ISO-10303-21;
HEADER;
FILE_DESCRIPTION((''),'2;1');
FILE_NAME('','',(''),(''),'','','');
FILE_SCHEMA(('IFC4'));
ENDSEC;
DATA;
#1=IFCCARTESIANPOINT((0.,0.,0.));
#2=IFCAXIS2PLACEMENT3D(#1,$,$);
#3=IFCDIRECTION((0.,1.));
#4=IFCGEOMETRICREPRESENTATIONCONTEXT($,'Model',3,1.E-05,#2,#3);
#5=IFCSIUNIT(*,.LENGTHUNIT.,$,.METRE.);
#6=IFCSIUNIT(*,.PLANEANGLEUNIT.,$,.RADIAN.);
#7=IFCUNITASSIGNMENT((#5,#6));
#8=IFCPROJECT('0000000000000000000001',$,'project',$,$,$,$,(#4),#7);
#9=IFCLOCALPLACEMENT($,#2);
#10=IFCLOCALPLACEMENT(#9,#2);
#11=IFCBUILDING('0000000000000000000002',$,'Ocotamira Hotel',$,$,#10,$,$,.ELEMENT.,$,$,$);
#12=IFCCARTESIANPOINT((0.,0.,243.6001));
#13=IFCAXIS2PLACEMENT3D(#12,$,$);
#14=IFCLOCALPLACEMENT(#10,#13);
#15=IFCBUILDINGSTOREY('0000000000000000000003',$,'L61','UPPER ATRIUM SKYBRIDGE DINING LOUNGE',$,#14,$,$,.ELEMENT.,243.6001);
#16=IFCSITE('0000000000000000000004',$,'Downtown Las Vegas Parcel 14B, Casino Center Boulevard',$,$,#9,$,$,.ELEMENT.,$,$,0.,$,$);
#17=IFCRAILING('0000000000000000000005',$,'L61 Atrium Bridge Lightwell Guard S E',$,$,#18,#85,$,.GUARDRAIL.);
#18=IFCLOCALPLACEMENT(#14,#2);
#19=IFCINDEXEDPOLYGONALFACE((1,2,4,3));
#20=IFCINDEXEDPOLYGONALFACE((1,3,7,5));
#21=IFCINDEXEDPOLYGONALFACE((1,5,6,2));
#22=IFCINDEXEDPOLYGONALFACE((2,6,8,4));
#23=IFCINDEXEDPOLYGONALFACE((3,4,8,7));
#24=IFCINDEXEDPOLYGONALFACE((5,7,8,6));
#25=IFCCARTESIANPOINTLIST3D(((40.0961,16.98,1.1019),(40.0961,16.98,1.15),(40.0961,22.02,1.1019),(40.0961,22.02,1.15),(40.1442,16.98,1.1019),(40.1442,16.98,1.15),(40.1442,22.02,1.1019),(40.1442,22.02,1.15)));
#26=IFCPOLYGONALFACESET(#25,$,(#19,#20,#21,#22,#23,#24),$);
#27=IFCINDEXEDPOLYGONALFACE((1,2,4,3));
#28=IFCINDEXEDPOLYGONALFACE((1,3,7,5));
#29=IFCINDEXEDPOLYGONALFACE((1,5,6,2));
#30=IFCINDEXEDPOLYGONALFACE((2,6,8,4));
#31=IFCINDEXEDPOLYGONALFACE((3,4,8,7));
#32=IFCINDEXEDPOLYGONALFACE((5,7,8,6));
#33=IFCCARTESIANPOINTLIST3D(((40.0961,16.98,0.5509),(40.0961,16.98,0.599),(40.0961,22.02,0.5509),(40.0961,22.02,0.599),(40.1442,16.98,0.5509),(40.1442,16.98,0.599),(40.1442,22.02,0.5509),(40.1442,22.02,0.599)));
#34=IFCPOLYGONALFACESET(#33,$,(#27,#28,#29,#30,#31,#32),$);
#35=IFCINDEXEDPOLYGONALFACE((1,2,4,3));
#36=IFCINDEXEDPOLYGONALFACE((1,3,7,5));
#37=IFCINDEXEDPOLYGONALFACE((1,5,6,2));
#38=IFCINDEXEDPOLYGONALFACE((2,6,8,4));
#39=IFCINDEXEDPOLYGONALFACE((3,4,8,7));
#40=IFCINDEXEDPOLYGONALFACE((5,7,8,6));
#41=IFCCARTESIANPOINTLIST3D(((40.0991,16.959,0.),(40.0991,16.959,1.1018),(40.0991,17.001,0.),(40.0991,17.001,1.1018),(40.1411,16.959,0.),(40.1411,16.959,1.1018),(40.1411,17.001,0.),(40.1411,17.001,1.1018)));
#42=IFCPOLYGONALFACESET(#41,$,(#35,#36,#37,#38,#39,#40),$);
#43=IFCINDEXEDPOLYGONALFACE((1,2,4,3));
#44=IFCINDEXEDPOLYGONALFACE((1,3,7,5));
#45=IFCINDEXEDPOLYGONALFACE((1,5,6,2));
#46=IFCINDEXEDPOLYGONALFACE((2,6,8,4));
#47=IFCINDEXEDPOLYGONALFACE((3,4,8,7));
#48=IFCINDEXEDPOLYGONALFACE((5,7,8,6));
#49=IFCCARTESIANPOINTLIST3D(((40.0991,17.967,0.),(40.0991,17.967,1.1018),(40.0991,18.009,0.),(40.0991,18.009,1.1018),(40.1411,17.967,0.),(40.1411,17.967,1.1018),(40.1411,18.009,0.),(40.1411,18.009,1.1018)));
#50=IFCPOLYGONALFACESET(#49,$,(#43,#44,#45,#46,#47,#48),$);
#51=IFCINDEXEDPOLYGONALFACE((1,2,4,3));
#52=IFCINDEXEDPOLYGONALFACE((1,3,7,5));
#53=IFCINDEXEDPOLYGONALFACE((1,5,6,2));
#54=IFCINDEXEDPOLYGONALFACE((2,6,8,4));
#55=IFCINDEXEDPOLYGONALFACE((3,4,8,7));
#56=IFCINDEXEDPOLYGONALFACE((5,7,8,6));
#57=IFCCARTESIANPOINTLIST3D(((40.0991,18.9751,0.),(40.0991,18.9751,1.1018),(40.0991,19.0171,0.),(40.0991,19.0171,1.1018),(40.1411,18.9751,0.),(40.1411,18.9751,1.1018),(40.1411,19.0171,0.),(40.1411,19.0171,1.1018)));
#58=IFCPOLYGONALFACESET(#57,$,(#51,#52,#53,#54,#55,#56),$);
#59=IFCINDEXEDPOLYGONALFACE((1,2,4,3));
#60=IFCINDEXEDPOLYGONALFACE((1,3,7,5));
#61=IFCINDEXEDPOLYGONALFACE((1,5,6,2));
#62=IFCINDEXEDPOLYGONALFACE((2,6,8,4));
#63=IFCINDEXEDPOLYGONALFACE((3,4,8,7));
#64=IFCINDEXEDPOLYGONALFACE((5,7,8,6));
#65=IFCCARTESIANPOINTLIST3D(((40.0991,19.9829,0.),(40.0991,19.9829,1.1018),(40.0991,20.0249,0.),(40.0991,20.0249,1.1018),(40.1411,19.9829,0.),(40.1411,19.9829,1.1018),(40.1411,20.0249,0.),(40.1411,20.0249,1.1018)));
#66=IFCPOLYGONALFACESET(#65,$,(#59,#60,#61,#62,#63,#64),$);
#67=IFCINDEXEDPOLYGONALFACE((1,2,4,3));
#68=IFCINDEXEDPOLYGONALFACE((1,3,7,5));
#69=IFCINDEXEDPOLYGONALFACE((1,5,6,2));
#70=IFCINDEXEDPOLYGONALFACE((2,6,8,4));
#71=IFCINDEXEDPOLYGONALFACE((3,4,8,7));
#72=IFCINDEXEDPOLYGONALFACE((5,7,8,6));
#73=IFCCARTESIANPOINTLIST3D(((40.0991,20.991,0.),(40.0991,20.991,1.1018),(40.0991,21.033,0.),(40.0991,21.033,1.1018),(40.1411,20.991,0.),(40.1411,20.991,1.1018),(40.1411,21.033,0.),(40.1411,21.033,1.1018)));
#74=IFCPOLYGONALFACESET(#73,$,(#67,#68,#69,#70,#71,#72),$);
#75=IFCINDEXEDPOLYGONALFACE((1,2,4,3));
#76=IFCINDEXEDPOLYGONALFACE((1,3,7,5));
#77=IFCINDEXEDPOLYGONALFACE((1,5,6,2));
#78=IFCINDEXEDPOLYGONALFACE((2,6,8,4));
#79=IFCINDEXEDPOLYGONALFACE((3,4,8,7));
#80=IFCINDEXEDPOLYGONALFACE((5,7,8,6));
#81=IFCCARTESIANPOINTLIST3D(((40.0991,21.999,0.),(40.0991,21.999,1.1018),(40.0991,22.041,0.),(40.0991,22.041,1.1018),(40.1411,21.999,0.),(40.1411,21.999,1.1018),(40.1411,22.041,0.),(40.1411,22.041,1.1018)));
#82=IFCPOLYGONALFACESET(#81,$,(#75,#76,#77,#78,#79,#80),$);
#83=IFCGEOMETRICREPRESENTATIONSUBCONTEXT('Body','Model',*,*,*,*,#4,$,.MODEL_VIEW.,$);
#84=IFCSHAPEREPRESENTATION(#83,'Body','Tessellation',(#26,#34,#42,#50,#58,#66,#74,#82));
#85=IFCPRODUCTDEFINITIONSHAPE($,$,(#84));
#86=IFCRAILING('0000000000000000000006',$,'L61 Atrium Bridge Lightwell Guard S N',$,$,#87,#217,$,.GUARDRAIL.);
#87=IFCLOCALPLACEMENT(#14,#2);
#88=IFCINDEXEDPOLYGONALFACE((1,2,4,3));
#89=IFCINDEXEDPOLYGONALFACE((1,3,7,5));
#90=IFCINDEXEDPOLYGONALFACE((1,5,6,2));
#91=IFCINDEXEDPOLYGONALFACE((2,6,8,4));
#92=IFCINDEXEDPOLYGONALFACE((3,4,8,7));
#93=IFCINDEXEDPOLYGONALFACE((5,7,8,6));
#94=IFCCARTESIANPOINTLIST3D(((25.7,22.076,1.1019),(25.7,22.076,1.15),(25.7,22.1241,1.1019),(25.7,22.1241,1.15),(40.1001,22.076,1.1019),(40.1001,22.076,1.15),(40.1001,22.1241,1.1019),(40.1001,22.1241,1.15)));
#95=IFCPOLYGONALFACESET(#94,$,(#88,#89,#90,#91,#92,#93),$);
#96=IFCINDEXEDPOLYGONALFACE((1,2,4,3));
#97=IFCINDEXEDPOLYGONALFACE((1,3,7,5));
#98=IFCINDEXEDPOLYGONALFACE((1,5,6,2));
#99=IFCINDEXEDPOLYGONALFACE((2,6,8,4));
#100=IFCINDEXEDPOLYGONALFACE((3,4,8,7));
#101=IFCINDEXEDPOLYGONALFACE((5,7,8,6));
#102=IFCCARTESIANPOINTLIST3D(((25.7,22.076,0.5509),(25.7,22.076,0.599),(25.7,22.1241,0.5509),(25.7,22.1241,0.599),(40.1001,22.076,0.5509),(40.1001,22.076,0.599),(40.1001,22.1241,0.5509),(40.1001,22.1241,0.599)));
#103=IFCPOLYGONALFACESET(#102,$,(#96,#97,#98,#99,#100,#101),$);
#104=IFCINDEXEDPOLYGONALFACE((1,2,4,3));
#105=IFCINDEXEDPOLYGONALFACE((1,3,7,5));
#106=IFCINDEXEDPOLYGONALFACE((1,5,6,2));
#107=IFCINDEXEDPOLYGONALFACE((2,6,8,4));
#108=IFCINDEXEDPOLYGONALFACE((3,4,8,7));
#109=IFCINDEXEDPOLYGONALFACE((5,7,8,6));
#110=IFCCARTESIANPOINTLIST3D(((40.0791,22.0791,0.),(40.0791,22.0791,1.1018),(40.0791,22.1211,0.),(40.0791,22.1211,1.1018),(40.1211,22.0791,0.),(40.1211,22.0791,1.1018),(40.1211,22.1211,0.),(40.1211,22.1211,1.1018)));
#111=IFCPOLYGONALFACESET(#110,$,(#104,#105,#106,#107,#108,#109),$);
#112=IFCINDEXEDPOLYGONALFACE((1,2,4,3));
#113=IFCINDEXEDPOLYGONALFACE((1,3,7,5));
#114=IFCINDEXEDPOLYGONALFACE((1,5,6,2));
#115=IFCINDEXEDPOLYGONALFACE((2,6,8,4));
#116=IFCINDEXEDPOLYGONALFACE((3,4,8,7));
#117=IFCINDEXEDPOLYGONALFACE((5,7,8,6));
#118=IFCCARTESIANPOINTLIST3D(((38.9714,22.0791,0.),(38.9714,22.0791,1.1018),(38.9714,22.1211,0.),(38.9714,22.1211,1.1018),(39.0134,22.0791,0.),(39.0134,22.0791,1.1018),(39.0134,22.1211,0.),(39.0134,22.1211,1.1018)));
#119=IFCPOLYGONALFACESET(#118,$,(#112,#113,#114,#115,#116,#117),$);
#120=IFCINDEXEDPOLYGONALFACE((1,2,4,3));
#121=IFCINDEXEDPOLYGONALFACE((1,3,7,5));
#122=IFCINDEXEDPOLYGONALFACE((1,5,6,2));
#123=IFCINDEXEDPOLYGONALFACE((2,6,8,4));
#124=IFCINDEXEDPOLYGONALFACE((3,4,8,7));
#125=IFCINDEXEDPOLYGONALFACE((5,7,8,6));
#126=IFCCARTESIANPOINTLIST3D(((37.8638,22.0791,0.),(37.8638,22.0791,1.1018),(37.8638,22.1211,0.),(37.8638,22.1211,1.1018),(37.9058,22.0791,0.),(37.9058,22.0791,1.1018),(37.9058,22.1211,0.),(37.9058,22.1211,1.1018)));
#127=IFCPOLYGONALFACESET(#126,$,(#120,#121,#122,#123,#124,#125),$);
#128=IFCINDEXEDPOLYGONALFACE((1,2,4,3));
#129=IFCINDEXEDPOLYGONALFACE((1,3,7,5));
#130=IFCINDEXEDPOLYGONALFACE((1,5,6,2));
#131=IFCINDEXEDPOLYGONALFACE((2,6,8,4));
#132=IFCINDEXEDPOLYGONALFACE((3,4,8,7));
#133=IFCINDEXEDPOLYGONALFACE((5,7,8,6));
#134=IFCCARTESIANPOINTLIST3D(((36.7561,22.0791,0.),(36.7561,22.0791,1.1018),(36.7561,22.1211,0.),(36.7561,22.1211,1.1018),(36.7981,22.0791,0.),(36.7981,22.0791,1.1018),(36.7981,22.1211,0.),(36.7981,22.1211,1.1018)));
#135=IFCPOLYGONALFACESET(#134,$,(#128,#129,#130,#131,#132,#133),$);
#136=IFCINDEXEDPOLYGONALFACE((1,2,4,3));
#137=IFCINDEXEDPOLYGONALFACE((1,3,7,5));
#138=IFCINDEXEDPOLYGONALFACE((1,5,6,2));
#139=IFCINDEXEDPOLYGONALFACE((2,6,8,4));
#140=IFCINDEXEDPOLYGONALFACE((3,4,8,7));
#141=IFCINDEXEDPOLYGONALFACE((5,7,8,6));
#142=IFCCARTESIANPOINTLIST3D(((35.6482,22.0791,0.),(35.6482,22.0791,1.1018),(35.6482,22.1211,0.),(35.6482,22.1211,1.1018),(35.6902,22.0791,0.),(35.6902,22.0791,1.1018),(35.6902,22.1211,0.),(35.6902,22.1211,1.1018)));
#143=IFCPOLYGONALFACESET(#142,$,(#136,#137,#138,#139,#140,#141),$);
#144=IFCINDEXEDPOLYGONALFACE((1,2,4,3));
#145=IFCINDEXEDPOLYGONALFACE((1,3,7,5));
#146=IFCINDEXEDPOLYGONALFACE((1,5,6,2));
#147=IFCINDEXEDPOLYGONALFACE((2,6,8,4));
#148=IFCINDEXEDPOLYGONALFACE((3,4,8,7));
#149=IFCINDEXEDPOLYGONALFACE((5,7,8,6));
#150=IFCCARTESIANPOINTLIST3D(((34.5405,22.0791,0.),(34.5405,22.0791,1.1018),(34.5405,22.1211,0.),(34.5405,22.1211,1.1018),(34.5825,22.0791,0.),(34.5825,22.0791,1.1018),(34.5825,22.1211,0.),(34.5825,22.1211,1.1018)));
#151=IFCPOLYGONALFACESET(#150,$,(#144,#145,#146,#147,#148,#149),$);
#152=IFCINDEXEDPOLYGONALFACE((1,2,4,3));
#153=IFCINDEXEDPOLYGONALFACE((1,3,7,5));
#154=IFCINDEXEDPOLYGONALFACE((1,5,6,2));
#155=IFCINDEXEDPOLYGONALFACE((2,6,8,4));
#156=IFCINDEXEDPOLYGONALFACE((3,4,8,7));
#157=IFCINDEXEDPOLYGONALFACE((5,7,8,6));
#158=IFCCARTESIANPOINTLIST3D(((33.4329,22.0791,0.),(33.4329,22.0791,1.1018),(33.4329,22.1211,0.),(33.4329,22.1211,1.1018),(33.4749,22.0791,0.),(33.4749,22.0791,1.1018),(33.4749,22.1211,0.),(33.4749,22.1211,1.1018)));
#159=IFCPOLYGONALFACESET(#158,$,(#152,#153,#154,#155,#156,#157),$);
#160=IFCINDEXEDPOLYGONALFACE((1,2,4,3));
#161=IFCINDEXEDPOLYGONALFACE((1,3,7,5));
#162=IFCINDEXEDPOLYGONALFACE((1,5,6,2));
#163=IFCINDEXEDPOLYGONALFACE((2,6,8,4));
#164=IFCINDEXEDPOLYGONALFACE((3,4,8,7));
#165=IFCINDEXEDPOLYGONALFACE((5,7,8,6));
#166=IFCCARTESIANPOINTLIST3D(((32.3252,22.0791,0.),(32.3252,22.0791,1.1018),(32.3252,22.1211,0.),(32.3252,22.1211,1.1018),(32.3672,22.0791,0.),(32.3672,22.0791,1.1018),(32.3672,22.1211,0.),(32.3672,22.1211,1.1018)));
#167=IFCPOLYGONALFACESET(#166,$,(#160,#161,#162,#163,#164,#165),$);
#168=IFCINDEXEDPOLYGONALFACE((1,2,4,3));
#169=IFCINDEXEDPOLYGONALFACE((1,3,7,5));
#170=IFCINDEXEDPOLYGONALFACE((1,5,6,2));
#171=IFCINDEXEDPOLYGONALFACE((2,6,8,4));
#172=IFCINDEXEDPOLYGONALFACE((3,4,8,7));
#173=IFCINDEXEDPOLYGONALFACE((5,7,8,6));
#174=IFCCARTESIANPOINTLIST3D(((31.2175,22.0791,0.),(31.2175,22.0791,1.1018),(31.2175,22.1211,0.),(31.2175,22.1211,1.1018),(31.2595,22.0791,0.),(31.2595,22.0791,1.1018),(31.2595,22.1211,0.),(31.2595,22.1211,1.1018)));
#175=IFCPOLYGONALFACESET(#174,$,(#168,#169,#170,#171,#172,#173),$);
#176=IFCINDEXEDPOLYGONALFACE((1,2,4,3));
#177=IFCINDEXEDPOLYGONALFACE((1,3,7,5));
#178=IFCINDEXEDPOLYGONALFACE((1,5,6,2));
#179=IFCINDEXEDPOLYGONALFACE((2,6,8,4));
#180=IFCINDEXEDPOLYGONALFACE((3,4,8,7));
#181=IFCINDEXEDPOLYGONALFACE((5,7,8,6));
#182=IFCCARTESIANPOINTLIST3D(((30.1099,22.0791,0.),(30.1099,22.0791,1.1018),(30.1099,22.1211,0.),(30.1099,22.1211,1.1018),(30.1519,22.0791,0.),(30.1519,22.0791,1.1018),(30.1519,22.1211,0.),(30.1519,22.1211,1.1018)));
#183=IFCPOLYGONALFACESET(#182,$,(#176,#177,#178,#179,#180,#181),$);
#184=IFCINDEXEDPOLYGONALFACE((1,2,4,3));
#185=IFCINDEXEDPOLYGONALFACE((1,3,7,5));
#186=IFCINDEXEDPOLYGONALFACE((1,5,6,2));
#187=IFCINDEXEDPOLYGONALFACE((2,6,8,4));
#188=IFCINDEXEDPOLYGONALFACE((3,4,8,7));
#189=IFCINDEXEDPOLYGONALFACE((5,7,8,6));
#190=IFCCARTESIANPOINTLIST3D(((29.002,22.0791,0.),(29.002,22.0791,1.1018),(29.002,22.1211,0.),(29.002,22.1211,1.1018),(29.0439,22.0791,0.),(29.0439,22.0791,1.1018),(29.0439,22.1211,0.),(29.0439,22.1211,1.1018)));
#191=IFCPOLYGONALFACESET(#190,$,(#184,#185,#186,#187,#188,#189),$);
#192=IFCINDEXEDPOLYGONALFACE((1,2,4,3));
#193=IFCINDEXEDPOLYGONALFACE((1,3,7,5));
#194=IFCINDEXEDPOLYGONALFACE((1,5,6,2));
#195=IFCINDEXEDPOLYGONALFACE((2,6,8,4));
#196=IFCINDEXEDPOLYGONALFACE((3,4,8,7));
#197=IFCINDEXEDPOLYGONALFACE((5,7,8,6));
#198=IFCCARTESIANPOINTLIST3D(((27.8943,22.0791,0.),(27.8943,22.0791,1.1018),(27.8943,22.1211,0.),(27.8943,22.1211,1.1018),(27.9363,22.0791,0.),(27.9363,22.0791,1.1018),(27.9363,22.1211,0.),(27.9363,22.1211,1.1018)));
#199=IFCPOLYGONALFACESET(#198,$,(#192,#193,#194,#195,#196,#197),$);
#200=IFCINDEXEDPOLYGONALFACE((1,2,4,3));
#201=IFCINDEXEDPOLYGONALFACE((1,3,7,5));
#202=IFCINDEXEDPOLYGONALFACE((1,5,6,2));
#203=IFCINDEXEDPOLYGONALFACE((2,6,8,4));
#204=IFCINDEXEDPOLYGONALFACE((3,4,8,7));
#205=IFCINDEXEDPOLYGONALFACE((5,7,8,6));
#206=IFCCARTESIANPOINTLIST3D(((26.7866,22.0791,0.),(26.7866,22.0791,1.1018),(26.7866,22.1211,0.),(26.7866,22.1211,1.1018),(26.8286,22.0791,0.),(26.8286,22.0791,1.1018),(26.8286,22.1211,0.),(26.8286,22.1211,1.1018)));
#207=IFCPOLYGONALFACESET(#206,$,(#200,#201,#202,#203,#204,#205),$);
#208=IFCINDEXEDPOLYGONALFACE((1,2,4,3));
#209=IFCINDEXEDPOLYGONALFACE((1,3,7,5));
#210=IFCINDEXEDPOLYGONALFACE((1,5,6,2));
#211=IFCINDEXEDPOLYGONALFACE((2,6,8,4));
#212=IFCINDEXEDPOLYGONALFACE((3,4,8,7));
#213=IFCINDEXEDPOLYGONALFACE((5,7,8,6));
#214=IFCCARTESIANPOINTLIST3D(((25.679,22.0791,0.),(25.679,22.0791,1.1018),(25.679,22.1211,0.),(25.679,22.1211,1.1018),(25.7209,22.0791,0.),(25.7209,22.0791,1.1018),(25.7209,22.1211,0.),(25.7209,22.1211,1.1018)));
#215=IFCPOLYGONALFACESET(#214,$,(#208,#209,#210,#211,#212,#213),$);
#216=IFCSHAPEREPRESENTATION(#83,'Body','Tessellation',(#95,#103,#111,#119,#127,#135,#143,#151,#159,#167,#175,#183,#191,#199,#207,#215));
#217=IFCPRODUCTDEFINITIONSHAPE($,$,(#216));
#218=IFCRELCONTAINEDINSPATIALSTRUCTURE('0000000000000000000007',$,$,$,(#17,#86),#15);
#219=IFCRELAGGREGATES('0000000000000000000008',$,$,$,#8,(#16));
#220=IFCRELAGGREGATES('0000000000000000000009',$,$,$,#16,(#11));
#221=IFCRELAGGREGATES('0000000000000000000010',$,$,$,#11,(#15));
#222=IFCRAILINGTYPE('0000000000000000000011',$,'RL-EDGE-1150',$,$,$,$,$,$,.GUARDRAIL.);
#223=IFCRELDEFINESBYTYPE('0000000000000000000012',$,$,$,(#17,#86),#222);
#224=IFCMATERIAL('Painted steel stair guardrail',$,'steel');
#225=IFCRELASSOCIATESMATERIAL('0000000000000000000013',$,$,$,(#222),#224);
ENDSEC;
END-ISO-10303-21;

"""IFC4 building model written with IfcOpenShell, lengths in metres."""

from ifc_helpers import new_model, si_unit, direction, frame, origin, origin_2d, place, context, subcontext, project, spatial, rectangle, extrude, material, type_object, element, save


model = new_model("IFC4")

# Units and contexts
model_context = context("Model", 3, precision=1e-05, world=origin(), true_north=direction((0.0, 1.0)))
body_context = subcontext(model_context, "Body", "Model", "MODEL_VIEW")
ifc_project = project(units=[si_unit("LENGTHUNIT", "METRE"), si_unit("PLANEANGLEUNIT", "RADIAN")], contexts=[model_context])

# Site, building, storey
site_placement = place(None, origin())
site = spatial("IfcSite", under=ifc_project, at=site_placement, Name="Downtown Las Vegas Parcel 14B, Casino Center Boulevard", CompositionType="ELEMENT", RefElevation=0.0)
building_placement = place(site_placement, origin())
building = spatial("IfcBuilding", under=site, at=building_placement, Name="Ocotamira Hotel", CompositionType="ELEMENT")
storey_placement = place(building_placement, frame((0.0, 0.0, 243.6001)))
storey = spatial("IfcBuildingStorey", under=building, at=storey_placement, Name="L61", Description="UPPER ATRIUM SKYBRIDGE DINING LOUNGE", CompositionType="ELEMENT", Elevation=243.6001)

# Railings
ifc_material_1 = material(Name="Painted steel stair guardrail", Category="steel")
railing_type = type_object("IfcRailingType", Name="RL-EDGE-1150", PredefinedType="GUARDRAIL", material=ifc_material_1)
railing_1_placement = place(storey_placement, frame((40.1201, 16.98, 0.0)))
element("IfcRailing", 1, at=railing_1_placement, inside=storey, type_object=railing_type, Name="L61 Atrium Bridge Lightwell Guard S E", PredefinedType="GUARDRAIL", context=body_context, shape_type="SweptSolid", body=[
    extrude(rectangle(XDim=0.0481, YDim=0.0481, at=origin_2d()), frame((0.0, 0.0, 1.126), z_axis=(0.0, 1.0, 0.0), x_axis=(-1.0, 0.0, 0.0)), (0.0, 0.0, 1.0), 5.04),
    extrude(rectangle(XDim=0.0481, YDim=0.0481, at=origin_2d()), frame((0.0, 0.0, 0.575), z_axis=(0.0, 1.0, 0.0), x_axis=(-1.0, 0.0, 0.0)), (0.0, 0.0, 1.0), 5.04),
    extrude(rectangle(XDim=0.042, YDim=0.042, at=origin_2d()), origin(), (0.0, 0.0, 1.0), 1.1018),
    extrude(rectangle(XDim=0.042, YDim=0.042, at=origin_2d()), frame((0.0, 1.0081, 0.0)), (0.0, 0.0, 1.0), 1.1018),
    extrude(rectangle(XDim=0.042, YDim=0.042, at=origin_2d()), frame((0.0, 2.0161, 0.0)), (0.0, 0.0, 1.0), 1.1018),
    extrude(rectangle(XDim=0.042, YDim=0.042, at=origin_2d()), frame((0.0, 3.0239, 0.0)), (0.0, 0.0, 1.0), 1.1018),
    extrude(rectangle(XDim=0.042, YDim=0.042, at=origin_2d()), frame((0.0, 4.032, 0.0)), (0.0, 0.0, 1.0), 1.1018),
    extrude(rectangle(XDim=0.042, YDim=0.042, at=origin_2d()), frame((0.0, 5.04, 0.0)), (0.0, 0.0, 1.0), 1.1018),
])
railing_2_placement = place(storey_placement, frame((40.1001, 22.1001, 0.0)))
element("IfcRailing", 2, at=railing_2_placement, inside=storey, type_object=railing_type, Name="L61 Atrium Bridge Lightwell Guard S N", PredefinedType="GUARDRAIL", context=body_context, shape_type="SweptSolid", body=[
    extrude(rectangle(XDim=0.0481, YDim=0.0481, at=origin_2d()), frame((0.0, 0.0, 1.126), z_axis=(-1.0, 0.0, 0.0), x_axis=(0.0, -1.0, 0.0)), (0.0, 0.0, 1.0), 14.4001),
    extrude(rectangle(XDim=0.0481, YDim=0.0481, at=origin_2d()), frame((0.0, 0.0, 0.575), z_axis=(-1.0, 0.0, 0.0), x_axis=(0.0, -1.0, 0.0)), (0.0, 0.0, 1.0), 14.4001),
    extrude(rectangle(XDim=0.042, YDim=0.042, at=origin_2d()), origin(), (0.0, 0.0, 1.0), 1.1018),
    extrude(rectangle(XDim=0.042, YDim=0.042, at=origin_2d()), frame((-1.1077, 0.0, 0.0)), (0.0, 0.0, 1.0), 1.1018),
    extrude(rectangle(XDim=0.042, YDim=0.042, at=origin_2d()), frame((-2.2153, 0.0, 0.0)), (0.0, 0.0, 1.0), 1.1018),
    extrude(rectangle(XDim=0.042, YDim=0.042, at=origin_2d()), frame((-3.323, 0.0, 0.0)), (0.0, 0.0, 1.0), 1.1018),
    extrude(rectangle(XDim=0.042, YDim=0.042, at=origin_2d()), frame((-4.4309, 0.0, 0.0)), (0.0, 0.0, 1.0), 1.1018),
    extrude(rectangle(XDim=0.042, YDim=0.042, at=origin_2d()), frame((-5.5386, 0.0, 0.0)), (0.0, 0.0, 1.0), 1.1018),
    extrude(rectangle(XDim=0.042, YDim=0.042, at=origin_2d()), frame((-6.6462, 0.0, 0.0)), (0.0, 0.0, 1.0), 1.1018),
    extrude(rectangle(XDim=0.042, YDim=0.042, at=origin_2d()), frame((-7.7539, 0.0, 0.0)), (0.0, 0.0, 1.0), 1.1018),
    extrude(rectangle(XDim=0.042, YDim=0.042, at=origin_2d()), frame((-8.8616, 0.0, 0.0)), (0.0, 0.0, 1.0), 1.1018),
    extrude(rectangle(XDim=0.042, YDim=0.042, at=origin_2d()), frame((-9.9692, 0.0, 0.0)), (0.0, 0.0, 1.0), 1.1018),
    extrude(rectangle(XDim=0.042, YDim=0.042, at=origin_2d()), frame((-11.0771, 0.0, 0.0)), (0.0, 0.0, 1.0), 1.1018),
    extrude(rectangle(XDim=0.042, YDim=0.042, at=origin_2d()), frame((-12.1848, 0.0, 0.0)), (0.0, 0.0, 1.0), 1.1018),
    extrude(rectangle(XDim=0.042, YDim=0.042, at=origin_2d()), frame((-13.2925, 0.0, 0.0)), (0.0, 0.0, 1.0), 1.1018),
    extrude(rectangle(XDim=0.042, YDim=0.042, at=origin_2d()), frame((-14.4001, 0.0, 0.0)), (0.0, 0.0, 1.0), 1.1018),
])

save(model, "model.ifc")
